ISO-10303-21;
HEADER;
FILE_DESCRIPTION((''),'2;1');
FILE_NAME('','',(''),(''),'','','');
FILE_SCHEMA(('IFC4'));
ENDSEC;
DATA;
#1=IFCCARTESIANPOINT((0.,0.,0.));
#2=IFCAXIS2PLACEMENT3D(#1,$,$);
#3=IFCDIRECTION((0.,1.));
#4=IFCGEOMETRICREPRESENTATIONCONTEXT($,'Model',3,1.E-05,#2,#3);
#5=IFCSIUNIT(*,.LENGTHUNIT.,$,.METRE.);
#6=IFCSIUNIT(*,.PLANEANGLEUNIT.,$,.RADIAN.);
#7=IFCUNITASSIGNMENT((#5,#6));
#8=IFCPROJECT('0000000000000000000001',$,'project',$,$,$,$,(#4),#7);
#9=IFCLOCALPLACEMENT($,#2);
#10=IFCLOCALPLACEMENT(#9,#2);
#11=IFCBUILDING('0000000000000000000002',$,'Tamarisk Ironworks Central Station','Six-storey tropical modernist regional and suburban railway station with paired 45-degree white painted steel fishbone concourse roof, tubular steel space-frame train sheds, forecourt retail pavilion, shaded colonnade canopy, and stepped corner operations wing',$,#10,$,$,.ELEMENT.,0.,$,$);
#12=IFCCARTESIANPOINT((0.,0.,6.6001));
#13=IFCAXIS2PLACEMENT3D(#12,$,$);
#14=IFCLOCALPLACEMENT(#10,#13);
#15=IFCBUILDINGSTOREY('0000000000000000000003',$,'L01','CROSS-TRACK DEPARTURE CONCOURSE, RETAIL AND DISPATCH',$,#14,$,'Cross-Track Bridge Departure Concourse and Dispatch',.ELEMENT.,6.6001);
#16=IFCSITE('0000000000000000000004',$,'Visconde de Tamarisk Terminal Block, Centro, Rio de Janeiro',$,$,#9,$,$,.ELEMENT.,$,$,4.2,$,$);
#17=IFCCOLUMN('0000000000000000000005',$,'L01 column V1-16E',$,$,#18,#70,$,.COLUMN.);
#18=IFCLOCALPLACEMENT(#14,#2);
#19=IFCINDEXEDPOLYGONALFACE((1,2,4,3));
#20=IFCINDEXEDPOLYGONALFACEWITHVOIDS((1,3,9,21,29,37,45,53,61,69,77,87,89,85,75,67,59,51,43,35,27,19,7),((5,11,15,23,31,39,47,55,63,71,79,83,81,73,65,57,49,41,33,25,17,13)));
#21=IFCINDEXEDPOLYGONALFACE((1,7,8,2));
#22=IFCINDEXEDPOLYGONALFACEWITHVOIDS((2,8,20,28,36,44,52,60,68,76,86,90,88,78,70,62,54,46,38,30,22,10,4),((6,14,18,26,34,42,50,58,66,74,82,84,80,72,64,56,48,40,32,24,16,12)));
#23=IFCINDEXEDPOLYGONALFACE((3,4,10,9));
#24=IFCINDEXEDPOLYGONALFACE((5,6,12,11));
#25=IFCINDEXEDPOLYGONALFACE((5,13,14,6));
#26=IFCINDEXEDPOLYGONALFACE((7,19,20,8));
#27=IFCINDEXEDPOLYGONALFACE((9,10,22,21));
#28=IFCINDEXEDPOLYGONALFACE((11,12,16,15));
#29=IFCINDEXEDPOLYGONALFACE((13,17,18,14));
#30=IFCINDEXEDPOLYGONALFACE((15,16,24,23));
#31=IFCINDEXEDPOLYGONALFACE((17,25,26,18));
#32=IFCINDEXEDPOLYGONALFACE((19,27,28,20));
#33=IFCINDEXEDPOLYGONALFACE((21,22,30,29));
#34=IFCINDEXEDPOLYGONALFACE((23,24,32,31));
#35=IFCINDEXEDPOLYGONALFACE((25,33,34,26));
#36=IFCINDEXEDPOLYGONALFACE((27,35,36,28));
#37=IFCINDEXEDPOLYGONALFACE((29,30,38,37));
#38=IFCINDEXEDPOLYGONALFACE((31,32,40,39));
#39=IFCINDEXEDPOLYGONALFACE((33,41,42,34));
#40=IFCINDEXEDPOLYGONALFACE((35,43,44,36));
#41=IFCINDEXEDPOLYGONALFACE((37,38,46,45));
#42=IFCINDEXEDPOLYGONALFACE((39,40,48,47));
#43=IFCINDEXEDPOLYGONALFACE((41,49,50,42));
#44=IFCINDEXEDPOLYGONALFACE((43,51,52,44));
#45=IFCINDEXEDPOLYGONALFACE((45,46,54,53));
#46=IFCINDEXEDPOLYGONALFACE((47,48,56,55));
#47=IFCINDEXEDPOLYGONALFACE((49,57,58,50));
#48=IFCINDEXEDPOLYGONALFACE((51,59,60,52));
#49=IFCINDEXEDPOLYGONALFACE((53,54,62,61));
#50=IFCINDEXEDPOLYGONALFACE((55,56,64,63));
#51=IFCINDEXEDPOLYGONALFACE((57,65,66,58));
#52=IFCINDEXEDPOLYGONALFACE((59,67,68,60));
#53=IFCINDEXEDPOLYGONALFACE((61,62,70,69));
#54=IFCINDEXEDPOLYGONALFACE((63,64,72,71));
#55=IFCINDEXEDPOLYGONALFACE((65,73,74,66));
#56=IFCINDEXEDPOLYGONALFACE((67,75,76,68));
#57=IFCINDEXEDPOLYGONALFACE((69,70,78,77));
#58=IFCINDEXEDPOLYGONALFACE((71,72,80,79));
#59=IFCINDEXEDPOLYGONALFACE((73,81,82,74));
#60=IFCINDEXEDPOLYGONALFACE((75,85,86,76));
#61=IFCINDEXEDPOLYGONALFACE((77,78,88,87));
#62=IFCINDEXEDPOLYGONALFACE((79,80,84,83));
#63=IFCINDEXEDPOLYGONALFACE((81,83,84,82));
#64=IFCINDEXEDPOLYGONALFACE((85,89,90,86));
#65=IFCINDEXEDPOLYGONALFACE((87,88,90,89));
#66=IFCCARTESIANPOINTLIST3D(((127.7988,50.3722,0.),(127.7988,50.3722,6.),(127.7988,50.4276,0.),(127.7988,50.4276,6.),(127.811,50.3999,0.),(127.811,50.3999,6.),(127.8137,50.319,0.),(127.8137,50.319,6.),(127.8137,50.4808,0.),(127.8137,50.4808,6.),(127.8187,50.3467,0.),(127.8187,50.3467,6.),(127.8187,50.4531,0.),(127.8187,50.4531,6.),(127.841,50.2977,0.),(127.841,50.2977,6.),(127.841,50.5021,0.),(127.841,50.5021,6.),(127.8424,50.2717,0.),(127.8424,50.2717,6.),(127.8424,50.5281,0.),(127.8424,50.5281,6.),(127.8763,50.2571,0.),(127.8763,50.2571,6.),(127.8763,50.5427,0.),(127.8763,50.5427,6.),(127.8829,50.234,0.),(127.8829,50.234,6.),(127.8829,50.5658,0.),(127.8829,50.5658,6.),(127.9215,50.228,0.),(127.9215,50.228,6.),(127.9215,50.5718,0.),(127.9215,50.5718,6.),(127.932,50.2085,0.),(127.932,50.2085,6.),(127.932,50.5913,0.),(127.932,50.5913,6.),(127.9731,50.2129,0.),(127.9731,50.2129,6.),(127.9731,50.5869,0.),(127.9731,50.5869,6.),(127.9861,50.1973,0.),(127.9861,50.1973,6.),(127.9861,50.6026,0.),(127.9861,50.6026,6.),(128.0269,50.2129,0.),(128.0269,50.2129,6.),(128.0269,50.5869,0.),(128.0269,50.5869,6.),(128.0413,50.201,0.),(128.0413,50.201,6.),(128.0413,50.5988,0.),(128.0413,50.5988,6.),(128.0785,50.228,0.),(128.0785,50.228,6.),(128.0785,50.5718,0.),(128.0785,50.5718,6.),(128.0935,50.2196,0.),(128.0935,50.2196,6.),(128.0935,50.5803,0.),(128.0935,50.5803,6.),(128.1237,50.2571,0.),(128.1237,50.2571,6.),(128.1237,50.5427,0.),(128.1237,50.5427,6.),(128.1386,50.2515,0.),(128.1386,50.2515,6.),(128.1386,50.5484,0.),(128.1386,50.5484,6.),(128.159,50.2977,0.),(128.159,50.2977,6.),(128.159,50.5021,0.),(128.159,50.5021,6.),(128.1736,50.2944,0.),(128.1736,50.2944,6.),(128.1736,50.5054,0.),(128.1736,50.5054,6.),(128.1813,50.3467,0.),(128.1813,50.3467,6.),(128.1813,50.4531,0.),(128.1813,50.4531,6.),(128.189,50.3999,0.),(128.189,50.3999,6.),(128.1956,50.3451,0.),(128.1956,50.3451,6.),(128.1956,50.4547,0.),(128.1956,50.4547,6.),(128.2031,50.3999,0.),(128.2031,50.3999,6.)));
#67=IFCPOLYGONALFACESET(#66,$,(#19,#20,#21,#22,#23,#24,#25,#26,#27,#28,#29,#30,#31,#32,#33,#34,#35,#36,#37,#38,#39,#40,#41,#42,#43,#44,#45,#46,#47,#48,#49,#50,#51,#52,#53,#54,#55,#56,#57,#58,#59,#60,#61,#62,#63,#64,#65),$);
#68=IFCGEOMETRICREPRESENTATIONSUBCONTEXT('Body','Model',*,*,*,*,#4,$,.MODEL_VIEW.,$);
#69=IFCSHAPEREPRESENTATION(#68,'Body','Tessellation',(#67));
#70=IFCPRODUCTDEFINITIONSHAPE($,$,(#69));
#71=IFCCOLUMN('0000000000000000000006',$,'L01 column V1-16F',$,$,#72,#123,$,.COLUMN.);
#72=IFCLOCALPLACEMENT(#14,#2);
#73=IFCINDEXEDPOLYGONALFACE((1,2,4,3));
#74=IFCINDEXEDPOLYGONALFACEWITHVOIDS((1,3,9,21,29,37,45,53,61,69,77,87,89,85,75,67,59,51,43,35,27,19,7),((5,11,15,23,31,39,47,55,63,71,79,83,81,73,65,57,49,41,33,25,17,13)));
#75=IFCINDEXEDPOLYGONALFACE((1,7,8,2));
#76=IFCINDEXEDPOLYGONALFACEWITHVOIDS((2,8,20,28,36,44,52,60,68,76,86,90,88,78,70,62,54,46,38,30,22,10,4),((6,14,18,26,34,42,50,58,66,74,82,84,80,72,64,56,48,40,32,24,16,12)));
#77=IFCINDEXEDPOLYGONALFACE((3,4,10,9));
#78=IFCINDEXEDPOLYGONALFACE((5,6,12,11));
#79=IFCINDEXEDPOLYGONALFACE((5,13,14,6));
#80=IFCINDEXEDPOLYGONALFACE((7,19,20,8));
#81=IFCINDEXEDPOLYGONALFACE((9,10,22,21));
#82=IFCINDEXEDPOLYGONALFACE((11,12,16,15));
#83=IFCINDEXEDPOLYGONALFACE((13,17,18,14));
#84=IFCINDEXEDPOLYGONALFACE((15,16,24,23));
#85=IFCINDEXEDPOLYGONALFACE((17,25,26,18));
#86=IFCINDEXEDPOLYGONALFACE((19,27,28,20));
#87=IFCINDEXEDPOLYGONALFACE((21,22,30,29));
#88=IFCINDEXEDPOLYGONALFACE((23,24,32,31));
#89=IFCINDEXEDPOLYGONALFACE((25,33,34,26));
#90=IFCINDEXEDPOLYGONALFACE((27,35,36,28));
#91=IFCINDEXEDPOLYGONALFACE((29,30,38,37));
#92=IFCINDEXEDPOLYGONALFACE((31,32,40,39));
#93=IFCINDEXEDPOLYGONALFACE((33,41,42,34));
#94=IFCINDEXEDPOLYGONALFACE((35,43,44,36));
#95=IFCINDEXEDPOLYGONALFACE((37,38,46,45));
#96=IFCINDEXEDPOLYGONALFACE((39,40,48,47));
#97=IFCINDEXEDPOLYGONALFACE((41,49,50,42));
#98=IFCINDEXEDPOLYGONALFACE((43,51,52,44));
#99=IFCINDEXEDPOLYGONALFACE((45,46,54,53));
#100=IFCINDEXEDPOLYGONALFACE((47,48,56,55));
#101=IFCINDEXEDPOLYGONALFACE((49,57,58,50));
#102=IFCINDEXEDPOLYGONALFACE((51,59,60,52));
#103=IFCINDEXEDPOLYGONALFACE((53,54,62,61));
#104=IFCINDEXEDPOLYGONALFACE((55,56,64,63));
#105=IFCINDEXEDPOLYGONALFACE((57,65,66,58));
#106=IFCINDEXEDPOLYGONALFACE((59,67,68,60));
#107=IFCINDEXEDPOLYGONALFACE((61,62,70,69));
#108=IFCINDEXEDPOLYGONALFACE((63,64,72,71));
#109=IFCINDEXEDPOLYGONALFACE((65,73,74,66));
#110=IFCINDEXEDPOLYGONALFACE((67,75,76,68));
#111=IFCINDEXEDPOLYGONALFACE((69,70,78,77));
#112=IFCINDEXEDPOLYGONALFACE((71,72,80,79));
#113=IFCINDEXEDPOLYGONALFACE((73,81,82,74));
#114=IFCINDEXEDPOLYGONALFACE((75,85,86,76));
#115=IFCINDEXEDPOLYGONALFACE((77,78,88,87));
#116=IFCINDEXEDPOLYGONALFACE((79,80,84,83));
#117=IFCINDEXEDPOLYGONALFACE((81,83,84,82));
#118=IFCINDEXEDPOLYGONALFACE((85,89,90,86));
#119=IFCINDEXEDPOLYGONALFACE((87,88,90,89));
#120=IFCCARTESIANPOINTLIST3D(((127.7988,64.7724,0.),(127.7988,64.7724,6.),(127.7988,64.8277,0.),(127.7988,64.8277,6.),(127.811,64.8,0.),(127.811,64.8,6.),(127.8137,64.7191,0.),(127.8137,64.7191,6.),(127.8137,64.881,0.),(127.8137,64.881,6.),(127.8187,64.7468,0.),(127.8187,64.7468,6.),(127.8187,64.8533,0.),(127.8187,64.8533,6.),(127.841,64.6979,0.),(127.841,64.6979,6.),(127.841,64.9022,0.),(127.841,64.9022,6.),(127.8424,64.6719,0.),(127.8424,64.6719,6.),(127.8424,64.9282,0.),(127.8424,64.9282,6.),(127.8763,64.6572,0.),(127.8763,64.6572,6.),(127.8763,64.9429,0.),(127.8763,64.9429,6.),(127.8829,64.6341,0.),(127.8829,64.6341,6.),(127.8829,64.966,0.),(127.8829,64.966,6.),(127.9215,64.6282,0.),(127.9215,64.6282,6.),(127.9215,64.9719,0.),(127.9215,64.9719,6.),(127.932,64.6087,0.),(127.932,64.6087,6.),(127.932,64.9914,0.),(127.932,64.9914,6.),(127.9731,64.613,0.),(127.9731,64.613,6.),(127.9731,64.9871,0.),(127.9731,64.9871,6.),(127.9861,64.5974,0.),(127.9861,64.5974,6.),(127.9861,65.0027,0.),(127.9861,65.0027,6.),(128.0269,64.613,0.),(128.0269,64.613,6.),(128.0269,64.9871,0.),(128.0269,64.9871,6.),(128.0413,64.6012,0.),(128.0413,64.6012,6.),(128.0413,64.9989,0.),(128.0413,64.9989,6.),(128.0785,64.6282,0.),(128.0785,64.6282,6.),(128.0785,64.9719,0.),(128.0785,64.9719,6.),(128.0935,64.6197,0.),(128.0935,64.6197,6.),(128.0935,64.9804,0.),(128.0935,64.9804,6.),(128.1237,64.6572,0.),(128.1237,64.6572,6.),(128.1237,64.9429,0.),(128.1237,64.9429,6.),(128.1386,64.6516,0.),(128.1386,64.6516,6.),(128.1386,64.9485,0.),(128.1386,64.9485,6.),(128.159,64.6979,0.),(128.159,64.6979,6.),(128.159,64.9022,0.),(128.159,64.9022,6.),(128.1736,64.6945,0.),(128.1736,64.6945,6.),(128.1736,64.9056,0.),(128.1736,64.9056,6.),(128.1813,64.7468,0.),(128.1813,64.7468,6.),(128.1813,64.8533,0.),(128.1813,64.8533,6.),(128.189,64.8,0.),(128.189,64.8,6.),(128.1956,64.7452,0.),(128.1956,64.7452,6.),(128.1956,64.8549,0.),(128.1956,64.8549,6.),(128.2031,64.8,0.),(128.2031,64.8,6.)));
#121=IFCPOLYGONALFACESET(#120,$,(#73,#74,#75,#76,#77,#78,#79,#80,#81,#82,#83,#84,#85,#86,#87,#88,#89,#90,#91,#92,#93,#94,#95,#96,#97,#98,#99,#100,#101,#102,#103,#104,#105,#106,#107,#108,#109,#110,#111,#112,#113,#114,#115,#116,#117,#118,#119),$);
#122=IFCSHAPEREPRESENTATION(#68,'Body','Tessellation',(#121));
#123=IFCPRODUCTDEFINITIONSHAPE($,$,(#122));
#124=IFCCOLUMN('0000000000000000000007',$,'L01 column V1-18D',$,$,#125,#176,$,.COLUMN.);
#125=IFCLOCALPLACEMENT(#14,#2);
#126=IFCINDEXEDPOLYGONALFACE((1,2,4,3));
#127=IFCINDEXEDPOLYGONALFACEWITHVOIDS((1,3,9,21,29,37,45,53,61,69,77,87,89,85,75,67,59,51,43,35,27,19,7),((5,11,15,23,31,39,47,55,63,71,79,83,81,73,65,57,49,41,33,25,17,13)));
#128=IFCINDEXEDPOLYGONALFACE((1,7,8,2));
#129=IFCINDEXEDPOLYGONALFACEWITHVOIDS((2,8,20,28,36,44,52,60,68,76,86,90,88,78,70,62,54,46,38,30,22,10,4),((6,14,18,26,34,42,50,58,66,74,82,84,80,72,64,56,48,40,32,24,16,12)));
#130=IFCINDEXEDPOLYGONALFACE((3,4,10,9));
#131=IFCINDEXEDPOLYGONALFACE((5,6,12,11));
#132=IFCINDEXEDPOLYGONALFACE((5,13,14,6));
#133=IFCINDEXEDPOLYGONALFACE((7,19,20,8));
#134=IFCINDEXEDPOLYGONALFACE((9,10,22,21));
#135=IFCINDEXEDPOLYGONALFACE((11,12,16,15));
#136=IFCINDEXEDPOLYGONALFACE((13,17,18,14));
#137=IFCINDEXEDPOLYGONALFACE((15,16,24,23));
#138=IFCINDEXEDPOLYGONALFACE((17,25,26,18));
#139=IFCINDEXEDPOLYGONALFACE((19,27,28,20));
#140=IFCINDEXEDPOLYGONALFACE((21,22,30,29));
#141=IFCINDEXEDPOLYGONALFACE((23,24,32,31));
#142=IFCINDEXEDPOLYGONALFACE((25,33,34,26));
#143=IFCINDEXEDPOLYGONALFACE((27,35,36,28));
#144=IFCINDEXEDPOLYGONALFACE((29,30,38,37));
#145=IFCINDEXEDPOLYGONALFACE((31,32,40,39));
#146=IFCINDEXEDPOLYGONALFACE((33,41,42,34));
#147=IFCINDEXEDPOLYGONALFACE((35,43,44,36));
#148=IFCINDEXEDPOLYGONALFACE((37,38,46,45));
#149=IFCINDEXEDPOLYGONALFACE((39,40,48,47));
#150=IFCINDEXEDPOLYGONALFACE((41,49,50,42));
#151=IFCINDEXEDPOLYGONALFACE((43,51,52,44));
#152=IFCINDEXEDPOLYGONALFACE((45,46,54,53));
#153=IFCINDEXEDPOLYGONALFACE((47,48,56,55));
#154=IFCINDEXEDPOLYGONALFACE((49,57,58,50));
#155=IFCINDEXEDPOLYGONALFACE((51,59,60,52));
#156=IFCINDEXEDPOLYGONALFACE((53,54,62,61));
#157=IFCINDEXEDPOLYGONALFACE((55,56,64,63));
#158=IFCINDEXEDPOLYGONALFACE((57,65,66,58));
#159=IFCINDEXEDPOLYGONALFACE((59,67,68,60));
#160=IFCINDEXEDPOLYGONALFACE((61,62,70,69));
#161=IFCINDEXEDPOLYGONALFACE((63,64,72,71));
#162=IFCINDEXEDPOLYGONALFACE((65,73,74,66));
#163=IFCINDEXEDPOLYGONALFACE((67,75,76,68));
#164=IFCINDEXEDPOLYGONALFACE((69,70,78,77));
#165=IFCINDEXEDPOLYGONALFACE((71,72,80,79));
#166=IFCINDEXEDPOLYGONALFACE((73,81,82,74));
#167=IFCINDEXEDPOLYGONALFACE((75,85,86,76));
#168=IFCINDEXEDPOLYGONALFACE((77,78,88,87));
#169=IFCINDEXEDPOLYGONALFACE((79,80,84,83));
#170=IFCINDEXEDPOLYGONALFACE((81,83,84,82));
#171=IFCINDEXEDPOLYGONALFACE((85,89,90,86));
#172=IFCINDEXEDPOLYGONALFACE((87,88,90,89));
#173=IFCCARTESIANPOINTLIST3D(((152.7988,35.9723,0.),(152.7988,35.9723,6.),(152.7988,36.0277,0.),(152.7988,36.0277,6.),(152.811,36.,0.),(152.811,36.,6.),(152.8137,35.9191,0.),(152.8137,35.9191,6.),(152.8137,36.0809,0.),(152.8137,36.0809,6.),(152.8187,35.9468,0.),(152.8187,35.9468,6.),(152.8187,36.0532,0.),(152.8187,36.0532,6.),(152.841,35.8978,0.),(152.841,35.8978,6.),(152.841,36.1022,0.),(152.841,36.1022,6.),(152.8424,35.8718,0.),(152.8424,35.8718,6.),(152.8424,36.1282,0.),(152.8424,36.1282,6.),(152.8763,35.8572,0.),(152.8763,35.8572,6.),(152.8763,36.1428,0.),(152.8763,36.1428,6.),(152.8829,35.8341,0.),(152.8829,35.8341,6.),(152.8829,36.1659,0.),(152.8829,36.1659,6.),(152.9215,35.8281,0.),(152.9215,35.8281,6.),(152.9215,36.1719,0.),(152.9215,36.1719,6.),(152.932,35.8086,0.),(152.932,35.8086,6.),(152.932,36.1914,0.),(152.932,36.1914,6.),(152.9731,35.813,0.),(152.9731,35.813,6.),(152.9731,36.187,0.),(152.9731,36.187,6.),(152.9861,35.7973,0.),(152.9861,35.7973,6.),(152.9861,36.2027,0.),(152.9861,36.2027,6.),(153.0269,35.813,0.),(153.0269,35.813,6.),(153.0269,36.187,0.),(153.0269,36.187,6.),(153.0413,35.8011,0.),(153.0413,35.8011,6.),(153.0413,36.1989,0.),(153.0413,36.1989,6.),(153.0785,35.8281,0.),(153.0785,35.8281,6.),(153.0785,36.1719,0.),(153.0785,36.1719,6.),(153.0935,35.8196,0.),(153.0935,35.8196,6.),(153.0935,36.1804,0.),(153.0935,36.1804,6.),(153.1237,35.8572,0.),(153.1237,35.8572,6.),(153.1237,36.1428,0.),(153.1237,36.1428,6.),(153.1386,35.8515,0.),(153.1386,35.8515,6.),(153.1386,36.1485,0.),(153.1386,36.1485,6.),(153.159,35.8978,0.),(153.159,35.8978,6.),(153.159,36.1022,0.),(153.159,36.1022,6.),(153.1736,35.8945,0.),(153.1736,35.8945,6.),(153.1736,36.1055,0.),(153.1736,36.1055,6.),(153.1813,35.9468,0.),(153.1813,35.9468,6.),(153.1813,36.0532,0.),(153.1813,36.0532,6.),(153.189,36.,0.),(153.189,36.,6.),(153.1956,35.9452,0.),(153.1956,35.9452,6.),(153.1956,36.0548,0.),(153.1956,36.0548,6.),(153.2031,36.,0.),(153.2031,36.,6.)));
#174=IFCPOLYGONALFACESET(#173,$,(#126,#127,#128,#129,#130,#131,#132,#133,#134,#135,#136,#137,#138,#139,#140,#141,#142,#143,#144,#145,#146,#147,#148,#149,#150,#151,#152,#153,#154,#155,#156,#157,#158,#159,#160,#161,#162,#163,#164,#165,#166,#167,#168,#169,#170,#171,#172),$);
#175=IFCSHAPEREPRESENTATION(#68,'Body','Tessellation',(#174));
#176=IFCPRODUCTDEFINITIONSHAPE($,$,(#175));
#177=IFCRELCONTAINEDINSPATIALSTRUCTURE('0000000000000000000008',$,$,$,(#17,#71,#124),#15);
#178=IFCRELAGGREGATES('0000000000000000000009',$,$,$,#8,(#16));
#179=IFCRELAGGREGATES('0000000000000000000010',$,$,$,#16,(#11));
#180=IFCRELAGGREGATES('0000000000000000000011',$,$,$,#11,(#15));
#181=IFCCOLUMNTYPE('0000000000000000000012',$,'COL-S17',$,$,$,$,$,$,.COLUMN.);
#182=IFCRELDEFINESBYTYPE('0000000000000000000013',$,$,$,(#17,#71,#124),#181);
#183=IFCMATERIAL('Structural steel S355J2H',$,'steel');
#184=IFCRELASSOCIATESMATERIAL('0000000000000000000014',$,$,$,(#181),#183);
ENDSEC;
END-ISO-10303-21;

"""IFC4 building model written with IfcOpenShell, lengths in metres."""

from ifc_helpers import new_model, si_unit, direction, frame, origin, origin_2d, place, context, subcontext, project, spatial, hollow_circle, extrude, material, material_profile, profile_set, type_object, element, save


model = new_model("IFC4")

# Units and contexts
model_context = context("Model", 3, precision=1e-05, world=origin(), true_north=direction((0.0, 1.0)))
body_context = subcontext(model_context, "Body", "Model", "MODEL_VIEW")
ifc_project = project(units=[si_unit("LENGTHUNIT", "METRE"), si_unit("PLANEANGLEUNIT", "RADIAN")], contexts=[model_context])

# Site, building, storey
site_placement = place(None, origin())
site = spatial("IfcSite", under=ifc_project, at=site_placement, Name="Visconde de Tamarisk Terminal Block, Centro, Rio de Janeiro", CompositionType="ELEMENT", RefElevation=4.2)
building_placement = place(site_placement, origin())
building = spatial("IfcBuilding", under=site, at=building_placement, Name="Tamarisk Ironworks Central Station", Description="Six-storey tropical modernist regional and suburban railway station with paired 45-degree white painted steel fishbone concourse roof, tubular steel space-frame train sheds, forecourt retail pavilion, shaded colonnade canopy, and stepped corner operations wing", CompositionType="ELEMENT", ElevationOfRefHeight=0.0)
storey_placement = place(building_placement, frame((0.0, 0.0, 6.6001)))
storey = spatial("IfcBuildingStorey", under=building, at=storey_placement, Name="L01", Description="CROSS-TRACK DEPARTURE CONCOURSE, RETAIL AND DISPATCH", LongName="Cross-Track Bridge Departure Concourse and Dispatch", CompositionType="ELEMENT", Elevation=6.6001)

# Columns
ifc_material_1 = material(Name="Structural steel S355J2H", Category="steel")
ifc_material_profile_1 = material_profile(ifc_material_1, hollow_circle(Radius=0.2031, WallThickness=0.0142, at=origin_2d()), Name="CHS 406.4x14.2")
ifc_profile_set_1 = profile_set([ifc_material_profile_1], Name="Structural steel S355J2H")
column_type_1 = type_object("IfcColumnType", Name="COL-S17", PredefinedType="COLUMN", material=ifc_profile_set_1)
for number, where, z_axis, x_axis, name in (
    (1, (128.0, 50.3999, 0.0), (0.0, 0.0, 1.0), (1.0, 0.0, 0.0), "L01 column V1-16E"),
    (2, (128.0, 64.8, 0.0), (0.0, 0.0, 1.0), (1.0, 0.0, 0.0), "L01 column V1-16F"),
    (3, (153.0, 36.0, 0.0), (0.0, 0.0, 1.0), (1.0, 0.0, 0.0), "L01 column V1-18D"),
):
    element("IfcColumn", number, at=place(storey_placement, frame(where, z_axis=z_axis, x_axis=x_axis)), inside=storey, type_object=column_type_1, Name=name, PredefinedType="COLUMN", context=body_context, shape_type="SweptSolid", body=[
        extrude(hollow_circle(Radius=0.2031, WallThickness=0.0142, at=origin_2d()), origin(), (0.0, 0.0, 1.0), 6.0),
    ])

save(model, "model.ifc")
